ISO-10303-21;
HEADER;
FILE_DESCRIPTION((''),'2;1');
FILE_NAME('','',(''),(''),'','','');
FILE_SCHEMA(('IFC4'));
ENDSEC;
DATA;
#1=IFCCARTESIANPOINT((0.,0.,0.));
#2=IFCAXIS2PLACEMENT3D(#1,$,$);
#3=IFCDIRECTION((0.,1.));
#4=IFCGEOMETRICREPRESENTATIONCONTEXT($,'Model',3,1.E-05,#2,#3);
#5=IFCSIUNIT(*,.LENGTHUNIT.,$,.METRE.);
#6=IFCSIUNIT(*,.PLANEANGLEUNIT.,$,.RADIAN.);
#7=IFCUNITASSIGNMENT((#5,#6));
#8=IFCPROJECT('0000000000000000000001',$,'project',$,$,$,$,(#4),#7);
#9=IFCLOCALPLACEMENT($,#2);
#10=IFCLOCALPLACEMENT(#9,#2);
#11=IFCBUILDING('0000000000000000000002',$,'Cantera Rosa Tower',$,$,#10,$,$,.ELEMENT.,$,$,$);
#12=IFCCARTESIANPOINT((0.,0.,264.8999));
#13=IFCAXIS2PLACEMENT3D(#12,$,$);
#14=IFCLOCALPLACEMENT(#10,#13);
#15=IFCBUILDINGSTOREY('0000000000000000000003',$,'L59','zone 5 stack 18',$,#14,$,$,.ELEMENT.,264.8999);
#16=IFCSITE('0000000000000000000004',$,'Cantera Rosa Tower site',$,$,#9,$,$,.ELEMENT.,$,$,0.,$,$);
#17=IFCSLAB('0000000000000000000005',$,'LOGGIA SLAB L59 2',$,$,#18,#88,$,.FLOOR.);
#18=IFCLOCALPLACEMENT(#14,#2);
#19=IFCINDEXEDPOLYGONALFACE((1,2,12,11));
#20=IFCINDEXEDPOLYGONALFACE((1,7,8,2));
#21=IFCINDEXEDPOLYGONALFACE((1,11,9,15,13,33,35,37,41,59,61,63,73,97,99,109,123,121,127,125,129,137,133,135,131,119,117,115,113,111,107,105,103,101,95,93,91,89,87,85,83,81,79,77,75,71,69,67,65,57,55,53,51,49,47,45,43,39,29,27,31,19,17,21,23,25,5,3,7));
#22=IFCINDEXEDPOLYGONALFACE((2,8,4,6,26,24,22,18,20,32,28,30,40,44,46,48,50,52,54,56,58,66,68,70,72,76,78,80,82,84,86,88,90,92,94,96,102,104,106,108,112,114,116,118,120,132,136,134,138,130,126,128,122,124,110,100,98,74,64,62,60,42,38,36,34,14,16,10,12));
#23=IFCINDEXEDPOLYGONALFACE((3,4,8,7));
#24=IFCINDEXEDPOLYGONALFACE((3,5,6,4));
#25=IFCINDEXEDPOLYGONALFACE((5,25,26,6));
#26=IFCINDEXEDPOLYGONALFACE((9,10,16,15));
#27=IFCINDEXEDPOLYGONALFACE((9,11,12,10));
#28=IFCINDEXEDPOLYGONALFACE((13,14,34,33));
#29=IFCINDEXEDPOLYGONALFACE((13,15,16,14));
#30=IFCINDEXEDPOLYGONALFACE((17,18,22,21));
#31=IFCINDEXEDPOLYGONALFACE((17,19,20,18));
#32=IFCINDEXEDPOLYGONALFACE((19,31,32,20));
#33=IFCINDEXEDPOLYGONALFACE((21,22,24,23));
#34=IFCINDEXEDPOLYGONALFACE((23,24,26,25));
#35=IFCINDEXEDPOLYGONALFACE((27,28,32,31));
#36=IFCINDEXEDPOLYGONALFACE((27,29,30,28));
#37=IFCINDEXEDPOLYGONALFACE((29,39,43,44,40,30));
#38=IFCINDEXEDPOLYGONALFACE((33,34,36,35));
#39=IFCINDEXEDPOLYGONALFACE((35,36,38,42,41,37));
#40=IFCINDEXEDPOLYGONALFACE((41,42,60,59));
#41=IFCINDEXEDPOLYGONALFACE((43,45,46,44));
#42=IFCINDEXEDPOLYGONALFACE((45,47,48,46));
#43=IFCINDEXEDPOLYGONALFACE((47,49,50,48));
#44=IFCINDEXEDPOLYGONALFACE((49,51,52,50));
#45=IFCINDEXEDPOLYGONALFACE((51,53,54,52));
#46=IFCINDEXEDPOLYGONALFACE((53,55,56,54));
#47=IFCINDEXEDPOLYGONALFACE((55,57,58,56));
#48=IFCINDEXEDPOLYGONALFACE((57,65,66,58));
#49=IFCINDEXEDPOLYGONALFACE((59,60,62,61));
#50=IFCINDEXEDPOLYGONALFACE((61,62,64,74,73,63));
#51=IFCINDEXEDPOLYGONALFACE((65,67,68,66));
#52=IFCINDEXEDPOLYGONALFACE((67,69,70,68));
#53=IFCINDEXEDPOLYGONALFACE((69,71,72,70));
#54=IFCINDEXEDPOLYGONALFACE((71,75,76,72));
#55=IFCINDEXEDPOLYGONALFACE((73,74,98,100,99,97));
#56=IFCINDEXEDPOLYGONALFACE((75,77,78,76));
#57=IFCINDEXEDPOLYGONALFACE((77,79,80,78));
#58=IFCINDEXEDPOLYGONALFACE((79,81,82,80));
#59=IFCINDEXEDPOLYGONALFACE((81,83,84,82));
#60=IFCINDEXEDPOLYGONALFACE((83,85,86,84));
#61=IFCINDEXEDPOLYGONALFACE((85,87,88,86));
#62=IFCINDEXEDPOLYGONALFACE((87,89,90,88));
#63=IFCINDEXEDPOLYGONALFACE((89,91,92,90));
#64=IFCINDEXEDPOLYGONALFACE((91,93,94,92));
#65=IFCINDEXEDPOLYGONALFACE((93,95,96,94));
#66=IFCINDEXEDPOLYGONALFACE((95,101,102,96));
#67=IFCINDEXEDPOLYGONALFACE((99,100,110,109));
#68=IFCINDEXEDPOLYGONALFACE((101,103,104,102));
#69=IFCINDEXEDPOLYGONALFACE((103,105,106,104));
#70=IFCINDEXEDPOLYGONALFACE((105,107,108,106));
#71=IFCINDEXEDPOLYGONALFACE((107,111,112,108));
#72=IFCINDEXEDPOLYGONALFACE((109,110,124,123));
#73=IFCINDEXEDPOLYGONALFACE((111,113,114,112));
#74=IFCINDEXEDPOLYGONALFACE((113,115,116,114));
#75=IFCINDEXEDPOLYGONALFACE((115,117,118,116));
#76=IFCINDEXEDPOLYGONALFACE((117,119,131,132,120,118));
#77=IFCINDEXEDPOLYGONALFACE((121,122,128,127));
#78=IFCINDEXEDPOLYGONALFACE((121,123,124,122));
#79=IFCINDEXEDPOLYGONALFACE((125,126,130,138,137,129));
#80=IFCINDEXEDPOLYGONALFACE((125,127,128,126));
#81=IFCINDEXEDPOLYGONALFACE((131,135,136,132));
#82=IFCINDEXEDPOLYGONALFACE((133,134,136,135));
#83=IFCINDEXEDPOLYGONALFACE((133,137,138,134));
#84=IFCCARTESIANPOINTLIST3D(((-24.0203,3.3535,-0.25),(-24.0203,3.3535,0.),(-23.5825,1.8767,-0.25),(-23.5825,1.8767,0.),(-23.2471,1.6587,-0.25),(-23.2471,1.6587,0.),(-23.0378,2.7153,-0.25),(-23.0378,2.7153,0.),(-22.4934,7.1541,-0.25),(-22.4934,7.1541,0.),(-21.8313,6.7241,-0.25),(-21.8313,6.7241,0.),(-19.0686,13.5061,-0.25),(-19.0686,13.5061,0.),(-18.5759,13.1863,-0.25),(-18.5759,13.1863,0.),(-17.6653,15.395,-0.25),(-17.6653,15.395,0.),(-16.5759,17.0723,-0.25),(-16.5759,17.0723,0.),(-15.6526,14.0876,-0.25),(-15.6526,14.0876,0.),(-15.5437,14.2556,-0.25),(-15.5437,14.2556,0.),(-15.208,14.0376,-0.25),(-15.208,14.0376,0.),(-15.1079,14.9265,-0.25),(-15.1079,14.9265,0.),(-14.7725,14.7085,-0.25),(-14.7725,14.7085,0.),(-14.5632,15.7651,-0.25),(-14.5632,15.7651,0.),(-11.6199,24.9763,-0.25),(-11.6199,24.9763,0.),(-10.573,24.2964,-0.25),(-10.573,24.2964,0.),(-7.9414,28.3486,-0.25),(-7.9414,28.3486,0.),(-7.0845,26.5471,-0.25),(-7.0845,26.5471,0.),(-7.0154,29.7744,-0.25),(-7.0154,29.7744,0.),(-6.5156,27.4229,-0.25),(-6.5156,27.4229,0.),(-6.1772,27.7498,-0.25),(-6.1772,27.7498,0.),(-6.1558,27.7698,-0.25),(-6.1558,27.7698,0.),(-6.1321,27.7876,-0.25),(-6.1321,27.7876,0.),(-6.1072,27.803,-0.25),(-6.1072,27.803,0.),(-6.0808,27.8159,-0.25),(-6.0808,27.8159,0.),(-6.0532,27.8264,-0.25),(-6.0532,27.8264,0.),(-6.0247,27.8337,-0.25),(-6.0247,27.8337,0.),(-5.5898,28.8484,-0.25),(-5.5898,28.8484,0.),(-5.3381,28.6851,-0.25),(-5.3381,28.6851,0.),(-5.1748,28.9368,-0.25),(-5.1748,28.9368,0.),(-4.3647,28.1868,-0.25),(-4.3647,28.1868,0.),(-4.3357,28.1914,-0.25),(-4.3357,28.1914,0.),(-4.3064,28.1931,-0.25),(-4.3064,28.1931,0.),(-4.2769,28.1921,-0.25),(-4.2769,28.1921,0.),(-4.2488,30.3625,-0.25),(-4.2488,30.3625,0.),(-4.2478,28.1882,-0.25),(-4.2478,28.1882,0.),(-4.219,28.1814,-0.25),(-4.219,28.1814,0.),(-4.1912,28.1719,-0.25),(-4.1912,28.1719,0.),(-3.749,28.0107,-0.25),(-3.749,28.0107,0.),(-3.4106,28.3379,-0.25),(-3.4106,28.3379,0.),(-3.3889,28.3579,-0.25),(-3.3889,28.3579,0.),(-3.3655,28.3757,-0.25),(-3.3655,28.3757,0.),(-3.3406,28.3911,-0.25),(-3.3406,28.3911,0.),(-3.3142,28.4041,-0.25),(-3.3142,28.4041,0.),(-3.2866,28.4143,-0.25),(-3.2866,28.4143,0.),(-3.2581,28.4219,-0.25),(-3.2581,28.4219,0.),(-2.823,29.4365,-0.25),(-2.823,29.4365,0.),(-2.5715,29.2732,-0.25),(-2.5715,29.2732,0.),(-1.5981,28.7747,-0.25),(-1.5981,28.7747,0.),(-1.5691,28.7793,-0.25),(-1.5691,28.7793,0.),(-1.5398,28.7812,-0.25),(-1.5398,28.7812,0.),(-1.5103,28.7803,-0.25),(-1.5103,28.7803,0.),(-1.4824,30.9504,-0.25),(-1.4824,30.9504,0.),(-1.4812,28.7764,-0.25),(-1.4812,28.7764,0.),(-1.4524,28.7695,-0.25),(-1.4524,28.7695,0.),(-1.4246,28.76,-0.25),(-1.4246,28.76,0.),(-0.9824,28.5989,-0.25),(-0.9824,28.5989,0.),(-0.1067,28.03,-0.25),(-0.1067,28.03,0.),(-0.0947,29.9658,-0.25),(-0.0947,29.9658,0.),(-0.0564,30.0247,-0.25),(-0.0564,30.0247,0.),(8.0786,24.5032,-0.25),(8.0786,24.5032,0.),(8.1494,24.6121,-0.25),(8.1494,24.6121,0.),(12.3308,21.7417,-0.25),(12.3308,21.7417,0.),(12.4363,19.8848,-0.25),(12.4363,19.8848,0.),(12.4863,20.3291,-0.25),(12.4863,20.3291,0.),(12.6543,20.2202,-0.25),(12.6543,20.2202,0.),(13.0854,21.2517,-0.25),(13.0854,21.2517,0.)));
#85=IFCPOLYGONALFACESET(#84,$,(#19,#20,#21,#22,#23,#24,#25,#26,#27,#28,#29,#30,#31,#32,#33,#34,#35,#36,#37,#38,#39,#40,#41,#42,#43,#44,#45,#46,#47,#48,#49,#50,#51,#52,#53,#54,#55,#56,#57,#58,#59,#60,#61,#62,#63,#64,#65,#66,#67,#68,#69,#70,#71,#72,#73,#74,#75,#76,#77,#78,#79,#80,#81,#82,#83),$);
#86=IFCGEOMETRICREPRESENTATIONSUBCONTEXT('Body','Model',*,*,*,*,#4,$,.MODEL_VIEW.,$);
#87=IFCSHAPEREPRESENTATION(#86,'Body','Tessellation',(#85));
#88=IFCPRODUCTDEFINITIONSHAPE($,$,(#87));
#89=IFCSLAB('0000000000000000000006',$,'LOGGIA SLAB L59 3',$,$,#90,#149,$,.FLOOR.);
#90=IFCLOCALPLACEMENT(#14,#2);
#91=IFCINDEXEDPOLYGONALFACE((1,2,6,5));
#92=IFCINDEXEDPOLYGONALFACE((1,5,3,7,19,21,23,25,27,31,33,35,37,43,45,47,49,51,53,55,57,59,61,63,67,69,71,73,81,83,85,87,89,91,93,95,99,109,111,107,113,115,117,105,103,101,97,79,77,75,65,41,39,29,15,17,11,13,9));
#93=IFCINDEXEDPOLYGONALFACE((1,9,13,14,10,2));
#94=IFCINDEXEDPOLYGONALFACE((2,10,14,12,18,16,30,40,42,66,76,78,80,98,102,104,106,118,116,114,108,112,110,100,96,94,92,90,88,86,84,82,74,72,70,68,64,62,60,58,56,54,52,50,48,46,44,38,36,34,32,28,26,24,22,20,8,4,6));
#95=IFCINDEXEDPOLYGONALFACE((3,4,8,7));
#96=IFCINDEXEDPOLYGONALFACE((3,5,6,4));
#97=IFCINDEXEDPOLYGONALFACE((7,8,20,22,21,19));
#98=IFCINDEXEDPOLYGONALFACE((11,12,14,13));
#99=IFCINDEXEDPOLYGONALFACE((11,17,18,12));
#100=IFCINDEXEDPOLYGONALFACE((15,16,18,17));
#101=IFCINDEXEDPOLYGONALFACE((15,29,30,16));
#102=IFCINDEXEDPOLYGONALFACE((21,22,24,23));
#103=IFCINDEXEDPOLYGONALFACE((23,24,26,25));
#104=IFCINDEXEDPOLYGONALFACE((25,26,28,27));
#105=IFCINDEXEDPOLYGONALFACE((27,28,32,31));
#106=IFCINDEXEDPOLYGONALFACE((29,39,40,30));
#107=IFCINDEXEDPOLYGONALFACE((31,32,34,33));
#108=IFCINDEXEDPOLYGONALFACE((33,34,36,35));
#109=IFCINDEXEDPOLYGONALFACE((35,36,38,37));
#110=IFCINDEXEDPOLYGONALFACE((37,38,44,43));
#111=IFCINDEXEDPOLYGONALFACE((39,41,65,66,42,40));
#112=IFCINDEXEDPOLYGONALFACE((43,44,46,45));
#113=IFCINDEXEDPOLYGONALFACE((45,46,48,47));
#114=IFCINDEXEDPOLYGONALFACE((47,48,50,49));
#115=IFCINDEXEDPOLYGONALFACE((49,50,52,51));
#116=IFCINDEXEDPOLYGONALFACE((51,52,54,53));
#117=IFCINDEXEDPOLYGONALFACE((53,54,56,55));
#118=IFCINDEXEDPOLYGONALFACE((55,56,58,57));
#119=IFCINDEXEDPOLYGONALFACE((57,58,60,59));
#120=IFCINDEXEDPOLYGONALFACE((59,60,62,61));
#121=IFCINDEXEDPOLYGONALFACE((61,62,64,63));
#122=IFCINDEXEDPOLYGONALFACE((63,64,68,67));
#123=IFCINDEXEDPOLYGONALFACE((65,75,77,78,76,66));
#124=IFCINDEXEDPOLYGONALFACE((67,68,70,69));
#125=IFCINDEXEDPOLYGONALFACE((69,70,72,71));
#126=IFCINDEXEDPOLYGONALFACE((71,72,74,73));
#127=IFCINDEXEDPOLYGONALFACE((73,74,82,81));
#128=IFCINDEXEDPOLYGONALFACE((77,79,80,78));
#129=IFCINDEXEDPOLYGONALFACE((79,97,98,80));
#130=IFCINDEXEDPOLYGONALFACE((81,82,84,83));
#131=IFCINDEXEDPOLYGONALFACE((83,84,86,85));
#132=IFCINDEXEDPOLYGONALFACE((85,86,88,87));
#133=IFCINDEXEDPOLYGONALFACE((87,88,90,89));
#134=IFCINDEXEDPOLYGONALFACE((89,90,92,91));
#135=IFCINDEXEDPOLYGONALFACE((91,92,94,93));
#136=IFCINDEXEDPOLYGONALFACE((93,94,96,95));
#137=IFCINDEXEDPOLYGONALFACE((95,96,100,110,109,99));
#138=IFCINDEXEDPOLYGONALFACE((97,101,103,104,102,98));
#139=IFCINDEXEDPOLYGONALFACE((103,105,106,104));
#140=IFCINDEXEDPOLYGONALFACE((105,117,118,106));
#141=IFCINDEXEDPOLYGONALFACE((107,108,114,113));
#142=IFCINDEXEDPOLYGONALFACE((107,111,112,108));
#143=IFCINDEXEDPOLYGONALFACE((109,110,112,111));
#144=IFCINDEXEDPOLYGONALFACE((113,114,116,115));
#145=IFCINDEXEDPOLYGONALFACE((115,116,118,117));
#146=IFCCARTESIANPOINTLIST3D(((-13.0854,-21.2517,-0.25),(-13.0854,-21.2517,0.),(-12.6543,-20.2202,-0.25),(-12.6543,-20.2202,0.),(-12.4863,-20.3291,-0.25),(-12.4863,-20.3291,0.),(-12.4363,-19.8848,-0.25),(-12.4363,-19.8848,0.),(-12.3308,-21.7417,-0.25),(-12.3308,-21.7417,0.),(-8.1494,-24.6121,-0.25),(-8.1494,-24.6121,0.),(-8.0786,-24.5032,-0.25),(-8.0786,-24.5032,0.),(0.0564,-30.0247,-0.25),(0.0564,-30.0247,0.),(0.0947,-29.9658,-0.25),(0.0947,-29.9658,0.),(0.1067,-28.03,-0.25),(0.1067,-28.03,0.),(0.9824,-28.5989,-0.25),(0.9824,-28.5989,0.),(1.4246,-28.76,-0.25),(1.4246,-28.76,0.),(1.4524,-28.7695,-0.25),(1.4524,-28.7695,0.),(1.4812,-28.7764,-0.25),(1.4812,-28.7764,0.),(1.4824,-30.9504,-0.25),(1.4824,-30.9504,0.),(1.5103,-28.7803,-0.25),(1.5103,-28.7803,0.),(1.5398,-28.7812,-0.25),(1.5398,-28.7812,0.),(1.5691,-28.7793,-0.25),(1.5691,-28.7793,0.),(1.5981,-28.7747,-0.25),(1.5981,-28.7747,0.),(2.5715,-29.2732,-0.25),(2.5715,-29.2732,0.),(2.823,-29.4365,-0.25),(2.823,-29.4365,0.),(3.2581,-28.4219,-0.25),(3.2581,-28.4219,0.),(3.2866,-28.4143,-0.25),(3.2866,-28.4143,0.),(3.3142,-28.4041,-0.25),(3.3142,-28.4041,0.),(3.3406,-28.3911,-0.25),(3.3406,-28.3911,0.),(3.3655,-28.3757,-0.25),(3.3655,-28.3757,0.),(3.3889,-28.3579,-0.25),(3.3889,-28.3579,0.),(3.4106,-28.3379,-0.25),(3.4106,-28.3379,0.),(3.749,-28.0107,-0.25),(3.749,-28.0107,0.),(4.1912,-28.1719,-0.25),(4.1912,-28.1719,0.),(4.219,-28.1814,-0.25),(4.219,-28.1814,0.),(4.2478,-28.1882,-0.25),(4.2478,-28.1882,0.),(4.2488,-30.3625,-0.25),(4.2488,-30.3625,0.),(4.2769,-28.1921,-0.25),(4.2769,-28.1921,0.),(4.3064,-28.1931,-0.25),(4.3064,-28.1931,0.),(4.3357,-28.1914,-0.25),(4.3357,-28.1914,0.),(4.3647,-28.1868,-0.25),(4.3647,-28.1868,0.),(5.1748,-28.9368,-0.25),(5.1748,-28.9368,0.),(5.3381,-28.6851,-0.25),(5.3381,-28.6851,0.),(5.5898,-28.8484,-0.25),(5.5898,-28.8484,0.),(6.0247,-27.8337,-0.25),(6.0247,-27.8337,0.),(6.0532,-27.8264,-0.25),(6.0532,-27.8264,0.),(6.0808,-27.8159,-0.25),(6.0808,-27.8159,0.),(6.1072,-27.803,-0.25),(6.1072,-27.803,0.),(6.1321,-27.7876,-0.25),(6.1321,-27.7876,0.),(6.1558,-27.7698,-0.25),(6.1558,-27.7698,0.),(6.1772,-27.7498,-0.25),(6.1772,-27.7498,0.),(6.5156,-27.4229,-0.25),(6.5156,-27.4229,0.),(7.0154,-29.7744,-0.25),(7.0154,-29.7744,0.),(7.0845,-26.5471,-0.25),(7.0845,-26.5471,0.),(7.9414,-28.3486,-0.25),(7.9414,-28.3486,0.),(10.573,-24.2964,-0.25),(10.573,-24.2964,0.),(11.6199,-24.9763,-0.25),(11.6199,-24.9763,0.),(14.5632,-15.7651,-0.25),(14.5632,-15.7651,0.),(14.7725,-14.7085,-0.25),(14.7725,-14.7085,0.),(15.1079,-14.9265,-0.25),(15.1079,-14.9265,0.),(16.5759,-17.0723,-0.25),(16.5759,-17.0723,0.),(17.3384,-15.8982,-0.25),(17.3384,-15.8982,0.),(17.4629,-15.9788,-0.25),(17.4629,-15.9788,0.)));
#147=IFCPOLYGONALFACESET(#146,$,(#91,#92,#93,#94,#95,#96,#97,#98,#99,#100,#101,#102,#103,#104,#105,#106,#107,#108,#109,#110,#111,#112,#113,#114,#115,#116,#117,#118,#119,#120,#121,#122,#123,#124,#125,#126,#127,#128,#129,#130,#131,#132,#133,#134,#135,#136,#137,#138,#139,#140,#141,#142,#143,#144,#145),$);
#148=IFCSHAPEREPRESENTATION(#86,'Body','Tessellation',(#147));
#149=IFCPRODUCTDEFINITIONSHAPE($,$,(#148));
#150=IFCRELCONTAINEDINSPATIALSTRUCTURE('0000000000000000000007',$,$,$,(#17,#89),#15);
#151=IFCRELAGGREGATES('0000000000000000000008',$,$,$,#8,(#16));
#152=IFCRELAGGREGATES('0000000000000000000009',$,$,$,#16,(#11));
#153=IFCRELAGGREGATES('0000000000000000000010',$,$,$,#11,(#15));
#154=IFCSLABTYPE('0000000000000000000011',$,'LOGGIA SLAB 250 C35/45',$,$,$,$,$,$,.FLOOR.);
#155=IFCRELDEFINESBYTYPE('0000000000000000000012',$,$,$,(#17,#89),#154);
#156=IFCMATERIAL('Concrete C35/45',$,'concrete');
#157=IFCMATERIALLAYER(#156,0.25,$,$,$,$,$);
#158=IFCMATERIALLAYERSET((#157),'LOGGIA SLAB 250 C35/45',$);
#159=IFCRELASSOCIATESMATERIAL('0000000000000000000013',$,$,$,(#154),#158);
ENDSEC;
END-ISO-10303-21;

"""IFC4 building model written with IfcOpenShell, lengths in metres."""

from ifc_helpers import new_model, si_unit, direction, frame, origin, place, context, subcontext, project, spatial, polyline, outline, extrude, material, layer, layer_set, type_object, element, save


model = new_model("IFC4")

# Units and contexts
model_context = context("Model", 3, precision=1e-05, world=origin(), true_north=direction((0.0, 1.0)))
body_context = subcontext(model_context, "Body", "Model", "MODEL_VIEW")
ifc_project = project(units=[si_unit("LENGTHUNIT", "METRE"), si_unit("PLANEANGLEUNIT", "RADIAN")], contexts=[model_context])

# Site, building, storey
site_placement = place(None, origin())
site = spatial("IfcSite", under=ifc_project, at=site_placement, Name="Cantera Rosa Tower site", CompositionType="ELEMENT", RefElevation=0.0)
building_placement = place(site_placement, origin())
building = spatial("IfcBuilding", under=site, at=building_placement, Name="Cantera Rosa Tower", CompositionType="ELEMENT")
storey_placement = place(building_placement, frame((0.0, 0.0, 264.8999)))
storey = spatial("IfcBuildingStorey", under=building, at=storey_placement, Name="L59", Description="zone 5 stack 18", CompositionType="ELEMENT", Elevation=264.8999)

# Slabs
ifc_material_1 = material(Name="Concrete C35/45", Category="concrete")
ifc_layer_1 = layer(ifc_material_1, 0.25)
ifc_layer_set_1 = layer_set([ifc_layer_1], Name="LOGGIA SLAB 250 C35/45")
slab_type_1 = type_object("IfcSlabType", Name="LOGGIA SLAB 250 C35/45", PredefinedType="FLOOR", material=ifc_layer_set_1)
slab_1_placement = place(storey_placement, frame((0.0, 0.0, -0.25)))
element("IfcSlab", 1, at=slab_1_placement, inside=storey, type_object=slab_type_1, Name="LOGGIA SLAB L59 2", PredefinedType="FLOOR", context=body_context, shape_type="SweptSolid", body=[
    extrude(outline(polyline([(-18.5759, 13.1863), (-19.0686, 13.5061), (-11.6199, 24.9763), (-10.573, 24.2964), (-7.9414, 28.3486), (-7.0154, 29.7744), (-5.5898, 28.8484), (-5.3381, 28.6851), (-5.1748, 28.9368), (-4.2488, 30.3625), (-2.823, 29.4365), (-2.5715, 29.2732), (-1.4824, 30.9504), (-0.0564, 30.0247), (-0.0947, 29.9658), (8.1494, 24.6121), (8.0786, 24.5032), (12.3308, 21.7417), (13.0854, 21.2517), (12.4863, 20.3291), (12.6543, 20.2202), (12.4363, 19.8848), (-0.1067, 28.03), (-0.9824, 28.5989), (-1.4246, 28.76), (-1.4524, 28.7695), (-1.4812, 28.7764), (-1.5103, 28.7803), (-1.5398, 28.7812), (-1.5691, 28.7793), (-1.5981, 28.7747), (-3.2581, 28.4219), (-3.2866, 28.4143), (-3.3142, 28.4041), (-3.3406, 28.3911), (-3.3655, 28.3757), (-3.3889, 28.3579), (-3.4106, 28.3379), (-3.749, 28.0107), (-4.1912, 28.1719), (-4.219, 28.1814), (-4.2478, 28.1882), (-4.2769, 28.1921), (-4.3064, 28.1931), (-4.3357, 28.1914), (-4.3647, 28.1868), (-6.0247, 27.8337), (-6.0532, 27.8264), (-6.0808, 27.8159), (-6.1072, 27.803), (-6.1321, 27.7876), (-6.1558, 27.7698), (-6.1772, 27.7498), (-6.5156, 27.4229), (-7.0845, 26.5471), (-14.7725, 14.7085), (-15.1079, 14.9265), (-14.5632, 15.7651), (-16.5759, 17.0723), (-17.6653, 15.395), (-15.6526, 14.0876), (-15.5437, 14.2556), (-15.208, 14.0376), (-23.2471, 1.6587), (-23.5825, 1.8767), (-23.0378, 2.7153), (-24.0203, 3.3535), (-21.8313, 6.7241), (-22.4934, 7.1541), (-18.5759, 13.1863)])), origin(), (0.0, 0.0, 1.0), 0.25),
])
slab_2_placement = place(storey_placement, frame((0.0, 0.0, -0.25)))
element("IfcSlab", 2, at=slab_2_placement, inside=storey, type_object=slab_type_1, Name="LOGGIA SLAB L59 3", PredefinedType="FLOOR", context=body_context, shape_type="SweptSolid", body=[
    extrude(outline(polyline([(7.9414, -28.3486), (7.0154, -29.7744), (5.5898, -28.8484), (5.3381, -28.6851), (5.1748, -28.9368), (4.2488, -30.3625), (2.823, -29.4365), (2.5715, -29.2732), (1.4824, -30.9504), (0.0564, -30.0247), (0.0947, -29.9658), (-8.1494, -24.6121), (-8.0786, -24.5032), (-12.3308, -21.7417), (-13.0854, -21.2517), (-12.4863, -20.3291), (-12.6543, -20.2202), (-12.4363, -19.8848), (0.1067, -28.03), (0.9824, -28.5989), (1.4246, -28.76), (1.4524, -28.7695), (1.4812, -28.7764), (1.5103, -28.7803), (1.5398, -28.7812), (1.5691, -28.7793), (1.5981, -28.7747), (3.2581, -28.4219), (3.2866, -28.4143), (3.3142, -28.4041), (3.3406, -28.3911), (3.3655, -28.3757), (3.3889, -28.3579), (3.4106, -28.3379), (3.749, -28.0107), (4.1912, -28.1719), (4.219, -28.1814), (4.2478, -28.1882), (4.2769, -28.1921), (4.3064, -28.1931), (4.3357, -28.1914), (4.3647, -28.1868), (6.0247, -27.8337), (6.0532, -27.8264), (6.0808, -27.8159), (6.1072, -27.803), (6.1321, -27.7876), (6.1558, -27.7698), (6.1772, -27.7498), (6.5156, -27.4229), (7.0845, -26.5471), (14.7725, -14.7085), (15.1079, -14.9265), (14.5632, -15.7651), (16.5759, -17.0723), (17.3384, -15.8982), (17.4629, -15.9788), (11.6199, -24.9763), (10.573, -24.2964), (7.9414, -28.3486)])), origin(), (0.0, 0.0, 1.0), 0.25),
])

save(model, "model.ifc")
